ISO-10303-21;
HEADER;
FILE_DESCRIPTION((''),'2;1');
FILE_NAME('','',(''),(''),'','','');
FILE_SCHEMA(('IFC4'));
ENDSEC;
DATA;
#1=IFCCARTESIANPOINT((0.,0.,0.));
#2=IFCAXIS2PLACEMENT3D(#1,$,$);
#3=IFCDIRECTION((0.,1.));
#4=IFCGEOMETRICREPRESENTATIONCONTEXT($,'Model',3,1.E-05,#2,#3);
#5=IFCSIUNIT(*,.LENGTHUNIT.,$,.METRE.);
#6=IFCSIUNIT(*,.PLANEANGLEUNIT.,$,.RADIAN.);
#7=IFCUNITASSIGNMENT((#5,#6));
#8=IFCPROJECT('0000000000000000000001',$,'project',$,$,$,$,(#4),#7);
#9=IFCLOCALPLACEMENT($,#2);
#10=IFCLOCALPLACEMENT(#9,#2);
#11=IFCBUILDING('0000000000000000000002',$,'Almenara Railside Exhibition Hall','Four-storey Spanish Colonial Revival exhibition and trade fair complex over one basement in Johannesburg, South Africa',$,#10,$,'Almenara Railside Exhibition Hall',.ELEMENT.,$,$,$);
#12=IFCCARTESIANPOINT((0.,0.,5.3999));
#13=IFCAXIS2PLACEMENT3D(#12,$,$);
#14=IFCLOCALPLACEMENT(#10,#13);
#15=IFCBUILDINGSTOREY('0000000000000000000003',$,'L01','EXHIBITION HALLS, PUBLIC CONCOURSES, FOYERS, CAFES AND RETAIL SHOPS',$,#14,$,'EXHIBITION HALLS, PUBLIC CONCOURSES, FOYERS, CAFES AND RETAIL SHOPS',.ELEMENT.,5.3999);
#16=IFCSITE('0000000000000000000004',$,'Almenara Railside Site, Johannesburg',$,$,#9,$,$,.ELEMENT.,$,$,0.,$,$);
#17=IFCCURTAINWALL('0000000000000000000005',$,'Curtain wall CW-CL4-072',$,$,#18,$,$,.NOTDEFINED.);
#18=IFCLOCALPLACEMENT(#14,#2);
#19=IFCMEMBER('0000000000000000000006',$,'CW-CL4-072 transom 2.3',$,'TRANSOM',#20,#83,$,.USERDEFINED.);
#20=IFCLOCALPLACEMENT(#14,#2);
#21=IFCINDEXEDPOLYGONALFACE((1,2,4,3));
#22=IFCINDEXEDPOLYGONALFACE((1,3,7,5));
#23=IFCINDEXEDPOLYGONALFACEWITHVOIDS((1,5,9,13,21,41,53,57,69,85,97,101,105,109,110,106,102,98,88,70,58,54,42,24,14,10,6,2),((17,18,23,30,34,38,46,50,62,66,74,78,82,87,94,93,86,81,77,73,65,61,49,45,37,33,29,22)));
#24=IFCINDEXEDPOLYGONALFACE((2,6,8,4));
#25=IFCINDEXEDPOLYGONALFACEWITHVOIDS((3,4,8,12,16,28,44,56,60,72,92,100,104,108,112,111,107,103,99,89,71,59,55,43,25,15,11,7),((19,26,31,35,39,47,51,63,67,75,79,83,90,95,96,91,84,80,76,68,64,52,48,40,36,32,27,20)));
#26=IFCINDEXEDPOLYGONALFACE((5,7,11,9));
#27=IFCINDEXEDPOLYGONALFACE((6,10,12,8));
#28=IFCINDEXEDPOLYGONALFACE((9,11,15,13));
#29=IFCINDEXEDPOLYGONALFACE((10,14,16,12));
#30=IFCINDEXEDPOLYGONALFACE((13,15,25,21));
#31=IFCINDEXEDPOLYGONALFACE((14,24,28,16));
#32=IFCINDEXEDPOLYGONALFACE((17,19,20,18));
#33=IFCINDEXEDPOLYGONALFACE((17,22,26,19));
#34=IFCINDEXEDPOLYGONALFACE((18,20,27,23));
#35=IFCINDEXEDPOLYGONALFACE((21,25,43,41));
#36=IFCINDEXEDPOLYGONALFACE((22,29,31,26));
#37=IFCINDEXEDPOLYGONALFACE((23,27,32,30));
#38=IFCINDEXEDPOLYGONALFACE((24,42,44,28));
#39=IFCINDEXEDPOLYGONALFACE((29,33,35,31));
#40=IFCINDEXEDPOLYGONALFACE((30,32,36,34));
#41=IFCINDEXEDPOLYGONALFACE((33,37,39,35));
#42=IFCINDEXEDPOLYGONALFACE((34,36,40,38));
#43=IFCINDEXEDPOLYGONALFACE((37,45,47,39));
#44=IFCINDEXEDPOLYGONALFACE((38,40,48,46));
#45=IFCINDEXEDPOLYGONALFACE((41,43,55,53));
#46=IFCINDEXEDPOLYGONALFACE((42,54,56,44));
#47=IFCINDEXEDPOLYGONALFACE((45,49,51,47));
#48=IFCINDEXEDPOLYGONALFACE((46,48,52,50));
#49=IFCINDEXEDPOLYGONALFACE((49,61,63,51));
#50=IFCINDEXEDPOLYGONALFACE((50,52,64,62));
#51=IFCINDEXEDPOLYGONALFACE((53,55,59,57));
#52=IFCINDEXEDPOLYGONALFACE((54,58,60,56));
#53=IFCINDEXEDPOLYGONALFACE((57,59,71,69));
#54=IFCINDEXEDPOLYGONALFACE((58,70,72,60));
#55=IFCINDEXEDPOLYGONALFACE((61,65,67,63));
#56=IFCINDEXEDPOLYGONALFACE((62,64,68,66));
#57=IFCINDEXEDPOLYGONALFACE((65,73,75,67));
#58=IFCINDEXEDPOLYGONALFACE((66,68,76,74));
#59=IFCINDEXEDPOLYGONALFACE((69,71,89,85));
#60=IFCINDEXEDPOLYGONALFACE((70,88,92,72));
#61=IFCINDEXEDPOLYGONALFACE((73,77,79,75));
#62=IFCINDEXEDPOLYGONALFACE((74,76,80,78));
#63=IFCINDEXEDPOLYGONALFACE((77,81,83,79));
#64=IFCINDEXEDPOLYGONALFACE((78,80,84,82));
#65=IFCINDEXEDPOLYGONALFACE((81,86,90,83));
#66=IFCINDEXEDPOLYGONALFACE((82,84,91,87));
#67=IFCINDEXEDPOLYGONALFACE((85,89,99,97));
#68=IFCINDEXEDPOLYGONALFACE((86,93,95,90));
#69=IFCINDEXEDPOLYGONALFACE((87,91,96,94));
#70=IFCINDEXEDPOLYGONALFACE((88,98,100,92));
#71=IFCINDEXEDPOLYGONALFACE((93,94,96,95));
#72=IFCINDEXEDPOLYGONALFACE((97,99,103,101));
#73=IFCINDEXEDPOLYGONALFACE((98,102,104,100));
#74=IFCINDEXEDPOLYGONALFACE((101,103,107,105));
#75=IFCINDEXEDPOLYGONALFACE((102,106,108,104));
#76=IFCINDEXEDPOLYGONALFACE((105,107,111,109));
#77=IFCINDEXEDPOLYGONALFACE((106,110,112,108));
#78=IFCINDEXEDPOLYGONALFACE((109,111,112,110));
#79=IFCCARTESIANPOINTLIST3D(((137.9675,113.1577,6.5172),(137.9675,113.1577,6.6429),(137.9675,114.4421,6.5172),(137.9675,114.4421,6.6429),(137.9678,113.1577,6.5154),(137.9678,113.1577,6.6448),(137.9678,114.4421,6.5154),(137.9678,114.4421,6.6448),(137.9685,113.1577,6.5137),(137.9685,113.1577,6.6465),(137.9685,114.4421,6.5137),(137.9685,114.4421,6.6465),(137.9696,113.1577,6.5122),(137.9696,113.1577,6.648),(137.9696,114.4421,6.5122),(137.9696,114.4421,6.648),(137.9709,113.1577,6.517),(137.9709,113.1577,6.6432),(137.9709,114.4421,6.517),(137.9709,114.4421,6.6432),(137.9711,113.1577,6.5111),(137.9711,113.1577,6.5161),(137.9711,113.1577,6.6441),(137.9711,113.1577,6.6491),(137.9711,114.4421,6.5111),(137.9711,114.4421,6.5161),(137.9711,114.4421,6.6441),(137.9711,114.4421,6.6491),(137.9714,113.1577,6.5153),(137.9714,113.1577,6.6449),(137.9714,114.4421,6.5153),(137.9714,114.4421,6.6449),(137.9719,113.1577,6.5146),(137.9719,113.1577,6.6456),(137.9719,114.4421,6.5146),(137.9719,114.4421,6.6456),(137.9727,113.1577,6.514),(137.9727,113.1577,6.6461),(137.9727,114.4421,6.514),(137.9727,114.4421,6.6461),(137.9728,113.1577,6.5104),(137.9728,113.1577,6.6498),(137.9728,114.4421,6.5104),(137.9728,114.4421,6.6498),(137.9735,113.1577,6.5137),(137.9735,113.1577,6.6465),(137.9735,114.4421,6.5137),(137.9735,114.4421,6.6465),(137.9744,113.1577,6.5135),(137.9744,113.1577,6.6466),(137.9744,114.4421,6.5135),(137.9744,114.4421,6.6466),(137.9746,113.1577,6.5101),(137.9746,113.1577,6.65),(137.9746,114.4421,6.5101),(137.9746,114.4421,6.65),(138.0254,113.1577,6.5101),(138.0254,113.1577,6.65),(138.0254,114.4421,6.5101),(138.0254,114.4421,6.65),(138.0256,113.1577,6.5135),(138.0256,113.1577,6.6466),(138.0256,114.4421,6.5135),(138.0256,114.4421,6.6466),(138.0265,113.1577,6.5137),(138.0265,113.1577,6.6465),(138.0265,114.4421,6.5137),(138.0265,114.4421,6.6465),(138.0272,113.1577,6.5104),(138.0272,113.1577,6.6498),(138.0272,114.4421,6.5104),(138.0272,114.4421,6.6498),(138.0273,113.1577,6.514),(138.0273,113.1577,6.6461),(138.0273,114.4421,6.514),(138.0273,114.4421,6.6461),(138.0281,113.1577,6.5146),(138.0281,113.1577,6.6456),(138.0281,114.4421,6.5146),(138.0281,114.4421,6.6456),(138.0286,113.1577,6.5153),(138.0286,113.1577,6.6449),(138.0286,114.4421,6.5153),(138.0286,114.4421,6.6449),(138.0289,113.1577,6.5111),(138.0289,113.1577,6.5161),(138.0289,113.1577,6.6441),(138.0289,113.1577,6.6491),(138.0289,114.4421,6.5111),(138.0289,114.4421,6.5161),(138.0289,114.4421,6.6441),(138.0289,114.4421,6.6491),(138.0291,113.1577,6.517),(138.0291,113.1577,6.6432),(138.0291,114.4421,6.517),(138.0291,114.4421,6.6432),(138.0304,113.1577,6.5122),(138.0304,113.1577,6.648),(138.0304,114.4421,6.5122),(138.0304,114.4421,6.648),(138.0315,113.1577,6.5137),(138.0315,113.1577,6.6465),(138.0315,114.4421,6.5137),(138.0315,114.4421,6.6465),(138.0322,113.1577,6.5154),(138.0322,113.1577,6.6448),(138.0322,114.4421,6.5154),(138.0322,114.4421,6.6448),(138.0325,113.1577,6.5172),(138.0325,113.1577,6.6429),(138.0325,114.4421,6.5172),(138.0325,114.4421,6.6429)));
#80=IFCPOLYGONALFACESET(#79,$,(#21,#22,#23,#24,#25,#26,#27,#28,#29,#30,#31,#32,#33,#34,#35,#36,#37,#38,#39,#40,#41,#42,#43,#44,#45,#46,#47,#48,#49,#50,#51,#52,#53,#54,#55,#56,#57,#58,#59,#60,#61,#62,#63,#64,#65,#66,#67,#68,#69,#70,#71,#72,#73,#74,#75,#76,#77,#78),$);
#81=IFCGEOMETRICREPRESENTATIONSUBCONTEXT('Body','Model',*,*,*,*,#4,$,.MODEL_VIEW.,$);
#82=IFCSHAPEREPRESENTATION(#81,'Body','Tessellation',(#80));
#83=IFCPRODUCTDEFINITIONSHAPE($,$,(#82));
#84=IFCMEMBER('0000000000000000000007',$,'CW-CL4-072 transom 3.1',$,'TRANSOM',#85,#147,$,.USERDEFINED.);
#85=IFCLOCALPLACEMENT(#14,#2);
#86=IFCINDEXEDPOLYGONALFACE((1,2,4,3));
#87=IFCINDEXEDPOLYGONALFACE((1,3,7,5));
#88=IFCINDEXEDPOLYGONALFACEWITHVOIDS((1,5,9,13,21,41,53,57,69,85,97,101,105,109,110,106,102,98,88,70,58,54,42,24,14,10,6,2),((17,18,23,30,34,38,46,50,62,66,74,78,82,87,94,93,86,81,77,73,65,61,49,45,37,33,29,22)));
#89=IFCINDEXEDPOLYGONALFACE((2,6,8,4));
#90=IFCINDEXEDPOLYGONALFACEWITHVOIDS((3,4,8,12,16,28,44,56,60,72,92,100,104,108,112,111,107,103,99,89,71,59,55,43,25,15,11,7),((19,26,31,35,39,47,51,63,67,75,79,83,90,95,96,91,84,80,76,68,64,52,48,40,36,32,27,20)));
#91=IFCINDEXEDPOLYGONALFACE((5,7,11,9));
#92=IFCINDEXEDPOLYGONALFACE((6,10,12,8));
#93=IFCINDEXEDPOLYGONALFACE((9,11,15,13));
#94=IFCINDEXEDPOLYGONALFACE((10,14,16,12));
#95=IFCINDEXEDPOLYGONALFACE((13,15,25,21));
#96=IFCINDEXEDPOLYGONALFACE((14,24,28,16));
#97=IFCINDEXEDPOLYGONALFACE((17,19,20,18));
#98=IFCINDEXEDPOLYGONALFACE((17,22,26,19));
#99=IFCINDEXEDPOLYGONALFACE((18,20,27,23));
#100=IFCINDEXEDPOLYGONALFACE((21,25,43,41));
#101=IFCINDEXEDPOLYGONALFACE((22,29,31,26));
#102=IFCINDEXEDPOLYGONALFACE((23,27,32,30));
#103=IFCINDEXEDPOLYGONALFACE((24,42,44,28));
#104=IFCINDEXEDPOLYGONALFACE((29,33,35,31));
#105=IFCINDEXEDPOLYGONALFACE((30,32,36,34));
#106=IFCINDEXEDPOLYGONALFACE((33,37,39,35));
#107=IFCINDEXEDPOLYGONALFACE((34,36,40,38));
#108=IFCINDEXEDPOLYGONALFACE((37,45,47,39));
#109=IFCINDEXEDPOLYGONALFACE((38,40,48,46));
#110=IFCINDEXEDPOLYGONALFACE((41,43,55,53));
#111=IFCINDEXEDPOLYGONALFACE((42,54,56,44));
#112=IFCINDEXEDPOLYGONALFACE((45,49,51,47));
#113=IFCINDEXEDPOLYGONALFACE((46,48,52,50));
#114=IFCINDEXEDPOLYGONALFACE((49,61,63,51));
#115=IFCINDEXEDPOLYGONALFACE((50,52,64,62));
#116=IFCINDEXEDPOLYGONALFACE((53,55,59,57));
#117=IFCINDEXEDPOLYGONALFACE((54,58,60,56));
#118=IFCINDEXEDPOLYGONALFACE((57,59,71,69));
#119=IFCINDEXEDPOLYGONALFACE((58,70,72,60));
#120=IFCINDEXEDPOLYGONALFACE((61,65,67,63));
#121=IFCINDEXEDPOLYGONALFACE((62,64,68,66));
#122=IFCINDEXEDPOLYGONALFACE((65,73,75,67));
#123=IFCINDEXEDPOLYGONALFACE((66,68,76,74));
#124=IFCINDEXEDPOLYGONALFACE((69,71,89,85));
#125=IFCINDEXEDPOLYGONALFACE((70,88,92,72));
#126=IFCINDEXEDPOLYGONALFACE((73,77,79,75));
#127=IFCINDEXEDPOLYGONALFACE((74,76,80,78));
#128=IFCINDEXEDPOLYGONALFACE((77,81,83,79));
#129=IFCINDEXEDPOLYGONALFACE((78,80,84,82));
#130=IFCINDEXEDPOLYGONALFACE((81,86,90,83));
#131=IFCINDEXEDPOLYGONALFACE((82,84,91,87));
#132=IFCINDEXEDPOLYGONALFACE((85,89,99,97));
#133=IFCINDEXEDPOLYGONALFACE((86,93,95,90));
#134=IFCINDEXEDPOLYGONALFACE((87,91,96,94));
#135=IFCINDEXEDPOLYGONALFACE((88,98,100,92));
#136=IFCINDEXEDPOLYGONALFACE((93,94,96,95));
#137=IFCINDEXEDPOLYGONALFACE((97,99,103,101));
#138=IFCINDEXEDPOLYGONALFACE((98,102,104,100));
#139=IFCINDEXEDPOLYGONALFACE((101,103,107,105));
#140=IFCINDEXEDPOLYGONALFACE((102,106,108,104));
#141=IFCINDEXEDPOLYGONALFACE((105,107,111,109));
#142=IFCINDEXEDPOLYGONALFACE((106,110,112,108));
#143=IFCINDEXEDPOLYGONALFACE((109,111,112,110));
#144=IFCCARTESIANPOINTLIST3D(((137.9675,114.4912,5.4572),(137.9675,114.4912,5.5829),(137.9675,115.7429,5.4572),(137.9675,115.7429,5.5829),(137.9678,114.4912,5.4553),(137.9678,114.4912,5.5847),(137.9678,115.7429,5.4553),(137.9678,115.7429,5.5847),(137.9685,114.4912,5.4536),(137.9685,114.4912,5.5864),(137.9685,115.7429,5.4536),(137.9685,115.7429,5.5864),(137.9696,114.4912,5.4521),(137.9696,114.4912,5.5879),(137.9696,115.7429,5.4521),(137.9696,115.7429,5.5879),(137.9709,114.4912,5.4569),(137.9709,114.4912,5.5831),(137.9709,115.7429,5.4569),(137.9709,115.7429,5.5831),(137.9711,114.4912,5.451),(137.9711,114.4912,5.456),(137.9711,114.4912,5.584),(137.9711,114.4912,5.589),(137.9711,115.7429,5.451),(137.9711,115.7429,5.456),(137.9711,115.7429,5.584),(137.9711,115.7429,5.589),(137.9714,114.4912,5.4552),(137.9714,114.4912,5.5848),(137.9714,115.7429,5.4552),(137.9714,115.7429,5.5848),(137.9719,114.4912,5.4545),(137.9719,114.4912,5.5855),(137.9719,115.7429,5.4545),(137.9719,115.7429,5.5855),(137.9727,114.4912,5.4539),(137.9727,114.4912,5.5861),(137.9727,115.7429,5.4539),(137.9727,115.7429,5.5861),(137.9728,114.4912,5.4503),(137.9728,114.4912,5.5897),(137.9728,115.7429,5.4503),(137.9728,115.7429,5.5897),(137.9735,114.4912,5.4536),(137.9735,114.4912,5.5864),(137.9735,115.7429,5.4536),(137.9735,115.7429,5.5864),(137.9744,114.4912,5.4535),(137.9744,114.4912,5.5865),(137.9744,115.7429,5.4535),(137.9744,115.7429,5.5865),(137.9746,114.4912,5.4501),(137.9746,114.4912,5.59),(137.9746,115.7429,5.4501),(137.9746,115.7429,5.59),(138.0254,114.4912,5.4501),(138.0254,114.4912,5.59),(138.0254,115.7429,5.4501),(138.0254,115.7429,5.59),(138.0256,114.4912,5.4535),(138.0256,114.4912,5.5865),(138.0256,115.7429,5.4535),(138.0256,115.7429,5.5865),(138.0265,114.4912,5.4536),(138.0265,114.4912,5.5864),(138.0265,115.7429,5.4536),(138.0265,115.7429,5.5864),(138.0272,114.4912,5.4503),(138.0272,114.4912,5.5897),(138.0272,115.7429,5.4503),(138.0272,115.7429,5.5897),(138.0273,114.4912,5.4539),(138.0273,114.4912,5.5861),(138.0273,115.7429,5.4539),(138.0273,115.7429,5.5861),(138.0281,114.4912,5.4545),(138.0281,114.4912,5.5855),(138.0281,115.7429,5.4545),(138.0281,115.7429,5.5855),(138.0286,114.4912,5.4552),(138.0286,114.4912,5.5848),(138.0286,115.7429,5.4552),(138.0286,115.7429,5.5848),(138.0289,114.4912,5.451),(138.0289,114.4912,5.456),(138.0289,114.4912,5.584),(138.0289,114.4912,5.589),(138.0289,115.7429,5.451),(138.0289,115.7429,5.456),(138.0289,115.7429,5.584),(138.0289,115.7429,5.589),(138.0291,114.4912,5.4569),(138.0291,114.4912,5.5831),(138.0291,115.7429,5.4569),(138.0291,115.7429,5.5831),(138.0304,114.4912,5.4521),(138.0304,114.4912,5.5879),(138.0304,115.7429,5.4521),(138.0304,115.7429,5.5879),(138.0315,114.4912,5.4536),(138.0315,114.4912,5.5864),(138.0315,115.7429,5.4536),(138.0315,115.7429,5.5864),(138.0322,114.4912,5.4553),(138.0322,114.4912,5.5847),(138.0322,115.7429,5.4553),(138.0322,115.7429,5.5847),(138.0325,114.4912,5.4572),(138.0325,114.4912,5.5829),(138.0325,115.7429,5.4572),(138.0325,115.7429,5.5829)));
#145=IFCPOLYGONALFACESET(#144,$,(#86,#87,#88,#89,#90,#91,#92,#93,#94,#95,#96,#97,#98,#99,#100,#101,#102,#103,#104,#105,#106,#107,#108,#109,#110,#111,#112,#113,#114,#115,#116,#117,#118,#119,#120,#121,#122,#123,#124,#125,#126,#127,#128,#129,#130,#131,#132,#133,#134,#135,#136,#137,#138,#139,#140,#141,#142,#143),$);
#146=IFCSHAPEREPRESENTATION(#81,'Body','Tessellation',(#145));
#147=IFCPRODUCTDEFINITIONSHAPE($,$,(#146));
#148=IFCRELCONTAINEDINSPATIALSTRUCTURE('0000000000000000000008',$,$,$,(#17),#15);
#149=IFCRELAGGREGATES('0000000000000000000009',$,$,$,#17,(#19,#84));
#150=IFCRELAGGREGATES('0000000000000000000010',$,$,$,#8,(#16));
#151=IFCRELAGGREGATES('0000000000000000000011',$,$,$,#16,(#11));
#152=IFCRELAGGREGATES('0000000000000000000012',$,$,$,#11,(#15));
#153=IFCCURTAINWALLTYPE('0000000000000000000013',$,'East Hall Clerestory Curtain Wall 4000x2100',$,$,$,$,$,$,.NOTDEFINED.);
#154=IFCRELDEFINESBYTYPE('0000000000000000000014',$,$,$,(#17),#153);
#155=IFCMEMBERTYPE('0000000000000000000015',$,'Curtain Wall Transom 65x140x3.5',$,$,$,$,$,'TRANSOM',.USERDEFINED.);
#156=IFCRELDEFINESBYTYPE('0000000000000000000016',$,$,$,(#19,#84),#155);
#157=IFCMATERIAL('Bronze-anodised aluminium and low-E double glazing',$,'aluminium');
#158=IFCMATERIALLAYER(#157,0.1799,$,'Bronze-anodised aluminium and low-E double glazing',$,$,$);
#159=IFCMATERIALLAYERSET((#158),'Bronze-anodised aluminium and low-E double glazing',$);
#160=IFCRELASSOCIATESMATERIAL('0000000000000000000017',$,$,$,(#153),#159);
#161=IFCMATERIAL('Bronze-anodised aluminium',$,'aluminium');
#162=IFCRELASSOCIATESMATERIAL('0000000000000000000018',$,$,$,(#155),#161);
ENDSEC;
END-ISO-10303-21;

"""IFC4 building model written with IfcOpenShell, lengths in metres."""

from ifc_helpers import new_model, si_unit, direction, frame, origin, origin_2d, place, context, subcontext, project, spatial, hollow_rectangle, extrude, material, layer, layer_set, material_profile, profile_set, type_object, element, aggregate, save


model = new_model("IFC4")

# Units and contexts
model_context = context("Model", 3, precision=1e-05, world=origin(), true_north=direction((0.0, 1.0)))
body_context = subcontext(model_context, "Body", "Model", "MODEL_VIEW")
ifc_project = project(units=[si_unit("LENGTHUNIT", "METRE"), si_unit("PLANEANGLEUNIT", "RADIAN")], contexts=[model_context])

# Site, building, storey
site_placement = place(None, origin())
site = spatial("IfcSite", under=ifc_project, at=site_placement, Name="Almenara Railside Site, Johannesburg", CompositionType="ELEMENT", RefElevation=0.0)
building_placement = place(site_placement, origin())
building = spatial("IfcBuilding", under=site, at=building_placement, Name="Almenara Railside Exhibition Hall", Description="Four-storey Spanish Colonial Revival exhibition and trade fair complex over one basement in Johannesburg, South Africa", LongName="Almenara Railside Exhibition Hall", CompositionType="ELEMENT")
storey_placement = place(building_placement, frame((0.0, 0.0, 5.3999)))
storey = spatial("IfcBuildingStorey", under=building, at=storey_placement, Name="L01", Description="EXHIBITION HALLS, PUBLIC CONCOURSES, FOYERS, CAFES AND RETAIL SHOPS", LongName="EXHIBITION HALLS, PUBLIC CONCOURSES, FOYERS, CAFES AND RETAIL SHOPS", CompositionType="ELEMENT", Elevation=5.3999)

# Curtain wall
ifc_material_1 = material(Name="Bronze-anodised aluminium and low-E double glazing", Category="aluminium")
ifc_layer_1 = layer(ifc_material_1, 0.1799, Name="Bronze-anodised aluminium and low-E double glazing")
ifc_layer_set_1 = layer_set([ifc_layer_1], Name="Bronze-anodised aluminium and low-E double glazing")
curtain_wall_type = type_object("IfcCurtainWallType", Name="East Hall Clerestory Curtain Wall 4000x2100", PredefinedType="NOTDEFINED", material=ifc_layer_set_1)
curtain_wall_1_placement = place(storey_placement, origin())
curtain_wall_1 = element("IfcCurtainWall", 1, at=curtain_wall_1_placement, inside=storey, type_object=curtain_wall_type, Name="Curtain wall CW-CL4-072", PredefinedType="NOTDEFINED")
ifc_material_2 = material(Name="Bronze-anodised aluminium", Category="aluminium")

# Members
ifc_material_profile_1 = material_profile(ifc_material_2, hollow_rectangle(XDim=0.0649, YDim=0.1399, WallThickness=0.0034, InnerFilletRadius=0.0034, OuterFilletRadius=0.0071, at=origin_2d()), Name="ALU-TRN 65x140x3.5")
ifc_profile_set_1 = profile_set([ifc_material_profile_1], Name="Bronze-anodised aluminium")
member_type_1 = type_object("IfcMemberType", Name="Curtain Wall Transom 65x140x3.5", ElementType="TRANSOM", PredefinedType="USERDEFINED", material=ifc_profile_set_1)
member_1_placement = place(storey_placement, frame((138.0, 113.1577, 6.5801), z_axis=(0.0, 1.0, 0.0), x_axis=(-1.0, 0.0, 0.0)))
member_1 = element("IfcMember", 2, at=member_1_placement, type_object=member_type_1, Name="CW-CL4-072 transom 2.3", ObjectType="TRANSOM", PredefinedType="USERDEFINED", context=body_context, shape_type="SweptSolid", body=[
    extrude(hollow_rectangle(XDim=0.0649, YDim=0.1399, WallThickness=0.0034, InnerFilletRadius=0.0034, OuterFilletRadius=0.0071, at=origin_2d()), origin(), (0.0, 0.0, 1.0), 1.2844),
])
member_2_placement = place(storey_placement, frame((138.0, 114.4912, 5.52), z_axis=(0.0, 1.0, 0.0), x_axis=(-1.0, 0.0, 0.0)))
member_2 = element("IfcMember", 3, at=member_2_placement, type_object=member_type_1, Name="CW-CL4-072 transom 3.1", ObjectType="TRANSOM", PredefinedType="USERDEFINED", context=body_context, shape_type="SweptSolid", body=[
    extrude(hollow_rectangle(XDim=0.0649, YDim=0.1399, WallThickness=0.0034, InnerFilletRadius=0.0034, OuterFilletRadius=0.0071, at=origin_2d()), origin(), (0.0, 0.0, 1.0), 1.2517),
])

aggregate(curtain_wall_1, [member_1, member_2])

save(model, "model.ifc")
